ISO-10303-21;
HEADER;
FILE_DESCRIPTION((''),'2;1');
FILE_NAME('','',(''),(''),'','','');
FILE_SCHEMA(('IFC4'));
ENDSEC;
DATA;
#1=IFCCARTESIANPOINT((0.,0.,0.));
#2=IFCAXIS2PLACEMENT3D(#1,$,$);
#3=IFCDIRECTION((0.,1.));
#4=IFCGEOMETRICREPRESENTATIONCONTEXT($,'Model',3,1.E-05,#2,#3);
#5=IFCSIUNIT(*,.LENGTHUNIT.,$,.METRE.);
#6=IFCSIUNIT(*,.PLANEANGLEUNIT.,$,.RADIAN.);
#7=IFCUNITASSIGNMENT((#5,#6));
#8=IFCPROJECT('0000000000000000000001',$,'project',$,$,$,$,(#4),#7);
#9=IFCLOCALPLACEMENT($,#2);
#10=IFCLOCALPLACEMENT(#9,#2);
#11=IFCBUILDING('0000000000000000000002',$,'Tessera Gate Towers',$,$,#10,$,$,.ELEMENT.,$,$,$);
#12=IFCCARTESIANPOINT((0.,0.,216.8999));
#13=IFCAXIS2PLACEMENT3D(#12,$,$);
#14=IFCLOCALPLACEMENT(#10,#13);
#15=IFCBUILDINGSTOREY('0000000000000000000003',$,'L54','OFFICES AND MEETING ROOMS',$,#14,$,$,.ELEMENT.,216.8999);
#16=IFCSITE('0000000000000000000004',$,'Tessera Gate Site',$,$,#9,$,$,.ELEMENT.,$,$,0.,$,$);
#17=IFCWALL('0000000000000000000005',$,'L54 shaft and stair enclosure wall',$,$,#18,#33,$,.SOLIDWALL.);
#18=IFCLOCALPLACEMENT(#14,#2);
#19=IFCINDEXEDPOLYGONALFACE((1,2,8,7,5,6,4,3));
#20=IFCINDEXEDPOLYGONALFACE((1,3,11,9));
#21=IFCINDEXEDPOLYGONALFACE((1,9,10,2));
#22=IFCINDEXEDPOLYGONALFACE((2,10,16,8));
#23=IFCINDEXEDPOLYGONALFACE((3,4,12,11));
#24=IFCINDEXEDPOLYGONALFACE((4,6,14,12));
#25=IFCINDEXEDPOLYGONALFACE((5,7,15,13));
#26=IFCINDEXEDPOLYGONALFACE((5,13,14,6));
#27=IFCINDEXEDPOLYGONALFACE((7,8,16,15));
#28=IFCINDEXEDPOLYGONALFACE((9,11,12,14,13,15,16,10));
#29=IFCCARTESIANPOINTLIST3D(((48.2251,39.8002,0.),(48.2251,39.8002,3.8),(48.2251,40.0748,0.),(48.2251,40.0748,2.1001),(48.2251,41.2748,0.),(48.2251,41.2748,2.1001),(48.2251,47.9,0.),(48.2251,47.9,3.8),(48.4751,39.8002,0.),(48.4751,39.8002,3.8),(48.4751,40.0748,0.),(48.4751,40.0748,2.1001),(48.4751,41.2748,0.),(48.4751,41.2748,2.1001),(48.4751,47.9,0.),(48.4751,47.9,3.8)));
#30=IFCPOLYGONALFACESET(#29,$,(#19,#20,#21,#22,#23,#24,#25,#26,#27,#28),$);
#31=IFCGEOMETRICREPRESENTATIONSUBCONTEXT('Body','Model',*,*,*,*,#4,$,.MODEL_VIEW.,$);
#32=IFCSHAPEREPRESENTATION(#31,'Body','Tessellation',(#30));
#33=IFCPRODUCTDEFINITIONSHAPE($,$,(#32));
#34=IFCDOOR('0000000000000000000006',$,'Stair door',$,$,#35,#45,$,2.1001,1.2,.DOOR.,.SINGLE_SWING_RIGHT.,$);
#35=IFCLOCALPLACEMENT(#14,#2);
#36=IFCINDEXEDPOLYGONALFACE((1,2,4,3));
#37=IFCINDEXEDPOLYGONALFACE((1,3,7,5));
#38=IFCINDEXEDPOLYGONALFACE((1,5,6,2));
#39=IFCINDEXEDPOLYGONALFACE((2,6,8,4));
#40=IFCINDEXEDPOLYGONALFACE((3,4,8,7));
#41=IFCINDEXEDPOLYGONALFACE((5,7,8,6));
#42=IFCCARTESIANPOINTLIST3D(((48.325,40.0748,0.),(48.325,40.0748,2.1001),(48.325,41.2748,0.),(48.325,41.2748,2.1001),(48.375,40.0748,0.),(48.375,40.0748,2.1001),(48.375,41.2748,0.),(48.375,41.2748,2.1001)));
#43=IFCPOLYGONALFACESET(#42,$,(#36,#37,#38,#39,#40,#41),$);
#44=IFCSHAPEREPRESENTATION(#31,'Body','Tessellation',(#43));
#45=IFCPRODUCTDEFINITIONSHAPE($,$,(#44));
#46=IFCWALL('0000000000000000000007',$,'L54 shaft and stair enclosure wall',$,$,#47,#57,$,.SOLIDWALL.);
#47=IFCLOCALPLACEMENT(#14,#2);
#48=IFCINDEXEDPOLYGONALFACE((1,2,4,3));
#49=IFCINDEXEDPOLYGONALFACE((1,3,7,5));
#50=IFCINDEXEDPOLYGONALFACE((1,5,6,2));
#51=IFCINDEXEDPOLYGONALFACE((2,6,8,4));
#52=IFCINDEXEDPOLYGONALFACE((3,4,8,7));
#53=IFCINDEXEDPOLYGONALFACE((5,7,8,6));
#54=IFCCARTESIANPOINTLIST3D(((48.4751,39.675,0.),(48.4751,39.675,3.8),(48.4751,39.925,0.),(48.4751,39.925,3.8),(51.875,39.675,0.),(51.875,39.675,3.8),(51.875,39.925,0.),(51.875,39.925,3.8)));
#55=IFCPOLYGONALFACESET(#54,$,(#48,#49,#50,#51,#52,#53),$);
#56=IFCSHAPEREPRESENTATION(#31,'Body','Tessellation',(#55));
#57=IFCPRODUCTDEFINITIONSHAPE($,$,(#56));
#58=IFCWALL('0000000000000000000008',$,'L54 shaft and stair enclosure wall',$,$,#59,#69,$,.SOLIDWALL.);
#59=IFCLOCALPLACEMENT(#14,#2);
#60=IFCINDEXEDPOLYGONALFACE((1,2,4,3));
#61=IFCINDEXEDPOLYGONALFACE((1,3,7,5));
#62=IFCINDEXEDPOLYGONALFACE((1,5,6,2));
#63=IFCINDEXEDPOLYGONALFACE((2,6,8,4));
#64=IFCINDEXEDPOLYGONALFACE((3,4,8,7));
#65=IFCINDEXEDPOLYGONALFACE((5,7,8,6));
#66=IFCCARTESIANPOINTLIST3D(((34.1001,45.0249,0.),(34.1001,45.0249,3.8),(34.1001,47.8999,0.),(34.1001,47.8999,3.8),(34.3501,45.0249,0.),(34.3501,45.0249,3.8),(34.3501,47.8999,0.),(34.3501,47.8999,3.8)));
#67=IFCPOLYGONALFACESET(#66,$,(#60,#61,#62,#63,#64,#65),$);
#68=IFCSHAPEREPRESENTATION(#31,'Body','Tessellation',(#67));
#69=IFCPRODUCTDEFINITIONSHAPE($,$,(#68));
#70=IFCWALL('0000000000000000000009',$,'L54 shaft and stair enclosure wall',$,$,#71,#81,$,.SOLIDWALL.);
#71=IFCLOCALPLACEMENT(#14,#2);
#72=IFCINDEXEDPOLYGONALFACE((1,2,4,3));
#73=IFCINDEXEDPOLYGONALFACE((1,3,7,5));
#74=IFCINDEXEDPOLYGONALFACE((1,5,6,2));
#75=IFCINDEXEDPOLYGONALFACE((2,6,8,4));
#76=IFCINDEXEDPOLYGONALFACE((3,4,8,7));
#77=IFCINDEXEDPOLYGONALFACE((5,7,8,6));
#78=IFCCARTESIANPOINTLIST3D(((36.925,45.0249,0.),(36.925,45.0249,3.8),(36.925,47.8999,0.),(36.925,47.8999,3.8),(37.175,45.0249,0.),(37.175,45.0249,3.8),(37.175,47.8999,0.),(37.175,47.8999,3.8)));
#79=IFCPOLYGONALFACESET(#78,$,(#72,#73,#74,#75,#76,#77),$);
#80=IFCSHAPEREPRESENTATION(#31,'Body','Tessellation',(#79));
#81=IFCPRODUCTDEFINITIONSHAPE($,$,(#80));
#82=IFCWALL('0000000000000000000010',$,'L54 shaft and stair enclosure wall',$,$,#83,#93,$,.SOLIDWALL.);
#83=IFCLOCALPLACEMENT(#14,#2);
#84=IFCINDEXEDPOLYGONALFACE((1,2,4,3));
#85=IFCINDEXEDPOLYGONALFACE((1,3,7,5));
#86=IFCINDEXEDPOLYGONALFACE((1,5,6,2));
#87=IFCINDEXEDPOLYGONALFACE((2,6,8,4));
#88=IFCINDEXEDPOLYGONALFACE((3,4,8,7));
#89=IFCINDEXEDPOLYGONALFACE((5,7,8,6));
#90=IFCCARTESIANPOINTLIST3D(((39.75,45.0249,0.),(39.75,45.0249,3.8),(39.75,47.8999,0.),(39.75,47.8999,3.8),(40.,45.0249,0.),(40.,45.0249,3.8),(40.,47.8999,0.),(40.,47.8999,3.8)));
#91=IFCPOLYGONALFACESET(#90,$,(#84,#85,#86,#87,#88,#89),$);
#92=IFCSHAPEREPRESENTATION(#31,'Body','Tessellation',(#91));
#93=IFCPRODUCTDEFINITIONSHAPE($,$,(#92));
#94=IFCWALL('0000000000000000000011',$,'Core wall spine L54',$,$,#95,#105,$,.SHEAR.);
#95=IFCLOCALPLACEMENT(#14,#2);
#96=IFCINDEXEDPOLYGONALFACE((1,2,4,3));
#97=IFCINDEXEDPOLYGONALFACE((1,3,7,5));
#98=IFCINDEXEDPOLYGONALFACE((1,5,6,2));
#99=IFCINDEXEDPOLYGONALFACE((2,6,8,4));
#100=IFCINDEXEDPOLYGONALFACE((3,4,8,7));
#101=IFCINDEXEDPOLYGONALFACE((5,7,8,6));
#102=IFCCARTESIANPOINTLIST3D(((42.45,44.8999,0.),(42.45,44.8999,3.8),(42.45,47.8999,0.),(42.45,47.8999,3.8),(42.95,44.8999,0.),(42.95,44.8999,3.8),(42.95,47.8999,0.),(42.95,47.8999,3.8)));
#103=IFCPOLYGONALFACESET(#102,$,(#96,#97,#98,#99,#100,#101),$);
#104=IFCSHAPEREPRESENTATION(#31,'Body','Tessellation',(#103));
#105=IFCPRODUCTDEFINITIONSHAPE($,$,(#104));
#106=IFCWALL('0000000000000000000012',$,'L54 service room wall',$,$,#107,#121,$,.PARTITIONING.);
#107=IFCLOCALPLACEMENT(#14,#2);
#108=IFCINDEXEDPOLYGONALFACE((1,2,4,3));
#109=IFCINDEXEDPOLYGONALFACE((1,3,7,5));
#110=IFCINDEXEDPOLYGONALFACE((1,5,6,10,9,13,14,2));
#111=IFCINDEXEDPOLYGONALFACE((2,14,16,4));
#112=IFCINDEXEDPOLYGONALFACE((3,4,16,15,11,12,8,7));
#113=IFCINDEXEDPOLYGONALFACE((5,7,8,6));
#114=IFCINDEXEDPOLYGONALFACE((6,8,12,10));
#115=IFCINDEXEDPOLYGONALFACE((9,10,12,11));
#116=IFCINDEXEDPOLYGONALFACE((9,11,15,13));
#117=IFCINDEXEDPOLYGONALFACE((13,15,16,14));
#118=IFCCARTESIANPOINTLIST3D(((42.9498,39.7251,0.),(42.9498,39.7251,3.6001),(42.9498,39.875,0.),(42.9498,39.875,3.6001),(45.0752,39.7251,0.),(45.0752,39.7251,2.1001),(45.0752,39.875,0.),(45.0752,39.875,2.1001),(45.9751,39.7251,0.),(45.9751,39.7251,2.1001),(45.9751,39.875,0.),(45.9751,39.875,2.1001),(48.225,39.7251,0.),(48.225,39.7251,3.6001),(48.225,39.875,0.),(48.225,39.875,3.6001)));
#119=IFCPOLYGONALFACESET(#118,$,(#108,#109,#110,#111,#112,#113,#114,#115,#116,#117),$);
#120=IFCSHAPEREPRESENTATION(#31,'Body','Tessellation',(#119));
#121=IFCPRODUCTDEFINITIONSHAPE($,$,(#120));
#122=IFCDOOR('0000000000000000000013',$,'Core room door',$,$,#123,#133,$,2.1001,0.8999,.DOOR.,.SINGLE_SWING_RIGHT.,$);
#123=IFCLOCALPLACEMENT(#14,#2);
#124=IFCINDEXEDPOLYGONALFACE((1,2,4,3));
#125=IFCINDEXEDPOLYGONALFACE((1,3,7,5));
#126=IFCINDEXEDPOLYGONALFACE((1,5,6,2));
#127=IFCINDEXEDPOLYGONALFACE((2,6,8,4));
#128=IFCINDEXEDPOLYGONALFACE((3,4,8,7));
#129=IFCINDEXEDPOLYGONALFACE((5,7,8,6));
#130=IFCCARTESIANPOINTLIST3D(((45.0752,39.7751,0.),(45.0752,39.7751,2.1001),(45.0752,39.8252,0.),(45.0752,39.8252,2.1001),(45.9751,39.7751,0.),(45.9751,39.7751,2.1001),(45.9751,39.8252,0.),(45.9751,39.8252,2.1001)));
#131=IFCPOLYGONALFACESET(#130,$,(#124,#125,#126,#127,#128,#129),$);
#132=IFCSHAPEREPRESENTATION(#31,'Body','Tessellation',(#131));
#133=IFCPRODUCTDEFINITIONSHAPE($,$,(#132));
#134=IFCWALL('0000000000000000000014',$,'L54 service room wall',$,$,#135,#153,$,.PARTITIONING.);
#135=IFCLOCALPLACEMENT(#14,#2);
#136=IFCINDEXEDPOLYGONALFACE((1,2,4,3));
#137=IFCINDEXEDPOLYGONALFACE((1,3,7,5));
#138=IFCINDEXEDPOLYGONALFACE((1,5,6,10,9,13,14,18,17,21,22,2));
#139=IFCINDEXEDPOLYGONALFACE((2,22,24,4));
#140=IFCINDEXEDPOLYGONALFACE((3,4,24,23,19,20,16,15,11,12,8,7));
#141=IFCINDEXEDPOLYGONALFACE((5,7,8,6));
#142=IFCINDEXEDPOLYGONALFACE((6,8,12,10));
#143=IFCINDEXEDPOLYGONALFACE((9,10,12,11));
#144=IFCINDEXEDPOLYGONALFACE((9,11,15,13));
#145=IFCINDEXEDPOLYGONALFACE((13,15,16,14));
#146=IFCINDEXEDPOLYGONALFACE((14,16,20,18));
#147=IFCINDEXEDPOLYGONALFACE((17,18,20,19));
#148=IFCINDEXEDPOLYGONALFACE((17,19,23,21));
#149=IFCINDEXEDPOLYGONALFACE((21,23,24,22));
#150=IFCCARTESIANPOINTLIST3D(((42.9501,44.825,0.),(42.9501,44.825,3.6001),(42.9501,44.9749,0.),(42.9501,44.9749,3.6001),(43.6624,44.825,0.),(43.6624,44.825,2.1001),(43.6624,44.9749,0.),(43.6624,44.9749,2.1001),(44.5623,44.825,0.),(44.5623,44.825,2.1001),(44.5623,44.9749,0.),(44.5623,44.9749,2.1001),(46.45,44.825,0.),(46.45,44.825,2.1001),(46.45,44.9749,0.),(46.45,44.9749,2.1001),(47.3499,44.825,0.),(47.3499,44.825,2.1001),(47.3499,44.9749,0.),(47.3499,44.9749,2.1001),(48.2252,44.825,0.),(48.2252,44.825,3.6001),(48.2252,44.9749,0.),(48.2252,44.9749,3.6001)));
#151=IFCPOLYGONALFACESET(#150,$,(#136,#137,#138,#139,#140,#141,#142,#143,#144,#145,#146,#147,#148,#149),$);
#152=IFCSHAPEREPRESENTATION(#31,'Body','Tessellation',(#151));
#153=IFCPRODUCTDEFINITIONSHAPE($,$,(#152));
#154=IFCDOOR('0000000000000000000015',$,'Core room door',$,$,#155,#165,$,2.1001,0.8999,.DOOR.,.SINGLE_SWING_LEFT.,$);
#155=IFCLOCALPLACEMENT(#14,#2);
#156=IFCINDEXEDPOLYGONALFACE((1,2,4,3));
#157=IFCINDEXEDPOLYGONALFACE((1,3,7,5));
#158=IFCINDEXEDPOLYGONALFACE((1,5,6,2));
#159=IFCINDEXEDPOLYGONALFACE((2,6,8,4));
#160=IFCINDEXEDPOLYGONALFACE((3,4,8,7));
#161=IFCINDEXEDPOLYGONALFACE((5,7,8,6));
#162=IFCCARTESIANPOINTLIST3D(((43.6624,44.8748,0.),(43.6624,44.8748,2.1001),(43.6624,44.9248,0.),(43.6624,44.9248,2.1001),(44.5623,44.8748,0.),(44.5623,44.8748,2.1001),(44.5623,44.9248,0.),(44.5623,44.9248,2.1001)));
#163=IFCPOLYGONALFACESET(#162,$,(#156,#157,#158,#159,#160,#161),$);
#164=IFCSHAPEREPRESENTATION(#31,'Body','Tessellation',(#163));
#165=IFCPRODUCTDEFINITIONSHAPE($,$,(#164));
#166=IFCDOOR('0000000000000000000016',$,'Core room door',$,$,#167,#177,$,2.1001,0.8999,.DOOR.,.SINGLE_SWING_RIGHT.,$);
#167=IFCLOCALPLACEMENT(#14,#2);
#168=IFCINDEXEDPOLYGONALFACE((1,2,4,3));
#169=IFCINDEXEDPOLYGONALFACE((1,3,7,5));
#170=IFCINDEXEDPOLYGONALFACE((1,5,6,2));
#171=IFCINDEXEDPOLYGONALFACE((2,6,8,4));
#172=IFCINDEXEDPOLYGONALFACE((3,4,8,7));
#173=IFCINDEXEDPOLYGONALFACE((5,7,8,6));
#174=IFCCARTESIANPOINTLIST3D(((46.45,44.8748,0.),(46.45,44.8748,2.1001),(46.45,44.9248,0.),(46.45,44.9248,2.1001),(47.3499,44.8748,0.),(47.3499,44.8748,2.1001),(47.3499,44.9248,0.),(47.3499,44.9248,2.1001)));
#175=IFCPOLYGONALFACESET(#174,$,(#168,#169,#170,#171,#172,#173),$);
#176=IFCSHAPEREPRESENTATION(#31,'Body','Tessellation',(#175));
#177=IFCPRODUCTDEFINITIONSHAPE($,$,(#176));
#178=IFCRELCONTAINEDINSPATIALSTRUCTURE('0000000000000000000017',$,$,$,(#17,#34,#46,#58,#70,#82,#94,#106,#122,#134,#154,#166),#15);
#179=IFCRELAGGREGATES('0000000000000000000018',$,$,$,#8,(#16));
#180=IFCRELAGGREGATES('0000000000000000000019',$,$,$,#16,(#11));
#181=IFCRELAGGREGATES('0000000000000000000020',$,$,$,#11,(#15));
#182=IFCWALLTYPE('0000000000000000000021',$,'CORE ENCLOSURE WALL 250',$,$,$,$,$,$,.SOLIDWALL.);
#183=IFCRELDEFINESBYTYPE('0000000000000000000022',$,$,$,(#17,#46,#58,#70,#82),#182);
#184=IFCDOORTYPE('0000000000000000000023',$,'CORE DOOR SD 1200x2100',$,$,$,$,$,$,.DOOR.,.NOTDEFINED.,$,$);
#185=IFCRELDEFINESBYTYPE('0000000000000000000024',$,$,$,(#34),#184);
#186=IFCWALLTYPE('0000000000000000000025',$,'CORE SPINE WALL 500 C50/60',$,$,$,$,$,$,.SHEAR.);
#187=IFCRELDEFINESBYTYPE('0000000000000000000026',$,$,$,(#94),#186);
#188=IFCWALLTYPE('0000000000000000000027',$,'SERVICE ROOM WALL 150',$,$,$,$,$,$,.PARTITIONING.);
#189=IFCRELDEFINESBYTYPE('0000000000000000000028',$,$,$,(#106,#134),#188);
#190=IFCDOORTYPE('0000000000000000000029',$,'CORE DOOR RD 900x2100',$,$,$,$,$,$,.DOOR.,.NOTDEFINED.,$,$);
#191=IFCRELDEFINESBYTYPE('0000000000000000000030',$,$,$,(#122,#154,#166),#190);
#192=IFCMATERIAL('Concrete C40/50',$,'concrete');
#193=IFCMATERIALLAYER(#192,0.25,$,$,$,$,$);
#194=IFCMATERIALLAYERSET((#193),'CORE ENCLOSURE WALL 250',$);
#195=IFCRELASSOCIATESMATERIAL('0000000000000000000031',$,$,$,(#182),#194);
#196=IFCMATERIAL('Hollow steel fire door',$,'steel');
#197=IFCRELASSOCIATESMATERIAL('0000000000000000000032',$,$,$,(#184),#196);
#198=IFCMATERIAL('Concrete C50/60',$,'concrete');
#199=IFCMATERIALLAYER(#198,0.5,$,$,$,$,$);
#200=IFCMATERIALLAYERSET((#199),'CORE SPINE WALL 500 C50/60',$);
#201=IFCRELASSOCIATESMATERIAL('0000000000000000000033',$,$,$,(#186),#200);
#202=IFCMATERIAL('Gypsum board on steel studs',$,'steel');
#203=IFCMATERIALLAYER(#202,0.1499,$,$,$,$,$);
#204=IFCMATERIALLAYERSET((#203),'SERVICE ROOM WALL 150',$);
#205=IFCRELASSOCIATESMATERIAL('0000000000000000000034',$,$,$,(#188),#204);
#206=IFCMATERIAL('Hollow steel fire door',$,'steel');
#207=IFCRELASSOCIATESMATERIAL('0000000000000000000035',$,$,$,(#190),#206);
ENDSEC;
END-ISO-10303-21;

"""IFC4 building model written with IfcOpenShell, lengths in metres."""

from ifc_helpers import new_model, si_unit, direction, frame, frame_2d, origin, place, context, subcontext, project, spatial, rectangle, extrude, source, transform, mapped, material, layer, layer_set, type_object, element, fill, save


model = new_model("IFC4")

# Units and contexts
model_context = context("Model", 3, precision=1e-05, world=origin(), true_north=direction((0.0, 1.0)))
body_context = subcontext(model_context, "Body", "Model", "MODEL_VIEW")
ifc_project = project(units=[si_unit("LENGTHUNIT", "METRE"), si_unit("PLANEANGLEUNIT", "RADIAN")], contexts=[model_context])

# Site, building, storey
site_placement = place(None, origin())
site = spatial("IfcSite", under=ifc_project, at=site_placement, Name="Tessera Gate Site", CompositionType="ELEMENT", RefElevation=0.0)
building_placement = place(site_placement, origin())
building = spatial("IfcBuilding", under=site, at=building_placement, Name="Tessera Gate Towers", CompositionType="ELEMENT")
storey_placement = place(building_placement, frame((0.0, 0.0, 216.8999)))
storey = spatial("IfcBuildingStorey", under=building, at=storey_placement, Name="L54", Description="OFFICES AND MEETING ROOMS", CompositionType="ELEMENT", Elevation=216.8999)

# Shared definitions
ifc_material_1 = material(Name="Concrete C40/50", Category="concrete")
ifc_layer_1 = layer(ifc_material_1, 0.25)
ifc_layer_set_1 = layer_set([ifc_layer_1], Name="CORE ENCLOSURE WALL 250")
wall_type_1 = type_object("IfcWallType", Name="CORE ENCLOSURE WALL 250", PredefinedType="SOLIDWALL", material=ifc_layer_set_1)

# Wall, opening, door
wall_1_placement = place(storey_placement, frame((48.3501, 47.8999, 0.0), z_axis=(0.0, 0.0, 1.0), x_axis=(0.0, -1.0, 0.0)))
wall_1 = element("IfcWall", 1, at=wall_1_placement, inside=storey, type_object=wall_type_1, Name="L54 shaft and stair enclosure wall", PredefinedType="SOLIDWALL", context=body_context, shape_type="SweptSolid", body=[
    extrude(rectangle(XDim=8.0999, YDim=0.25, at=frame_2d((4.0498, 0.0))), origin(), (0.0, 0.0, 1.0), 3.8),
])
shared_shape_1 = source(origin(), body_context, "Body", "SweptSolid", [
    extrude(rectangle(XDim=1.2, YDim=2.1001, at=frame_2d((0.6001, 1.05))), frame((0.0, 0.135, 0.0), z_axis=(0.0, -1.0, 0.0), x_axis=(1.0, 0.0, 0.0)), (0.0, 0.0, 1.0), 0.27),
])
opening_1_placement = place(wall_1_placement, frame((6.625, 0.0, 0.0)))
opening_1 = element("IfcOpeningElement", 2, at=opening_1_placement, cuts=wall_1, PredefinedType="OPENING", context=body_context, shape_type="MappedRepresentation", body=[
    mapped(shared_shape_1, transform((0.0, 0.0, 0.0), scale=1.0)),
])
ifc_material_2 = material(Name="Hollow steel fire door", Category="steel")
door_type_1 = type_object("IfcDoorType", Name="CORE DOOR SD 1200x2100", OperationType="NOTDEFINED", PredefinedType="DOOR", material=ifc_material_2)
shared_shape_2 = source(origin(), body_context, "Body", "SweptSolid", [
    extrude(rectangle(XDim=1.2, YDim=2.1001, at=frame_2d((0.6001, 1.05))), frame((0.0, 0.0249, 0.0), z_axis=(0.0, -1.0, 0.0), x_axis=(1.0, 0.0, 0.0)), (0.0, 0.0, 1.0), 0.05),
])
door_1_placement = place(opening_1_placement, origin())
door_1 = element("IfcDoor", 3, at=door_1_placement, inside=storey, type_object=door_type_1, Name="Stair door", OperationType="SINGLE_SWING_RIGHT", OverallHeight=2.1001, OverallWidth=1.2, PredefinedType="DOOR", context=body_context, shape_type="MappedRepresentation", body=[
    mapped(shared_shape_2, transform((0.0, 0.0, 0.0), scale=1.0)),
])
fill(opening_1, door_1)

# Walls
wall_2_placement = place(storey_placement, frame((48.4751, 39.8, 0.0), z_axis=(0.0, 0.0, 1.0), x_axis=(1.0, 0.0, 0.0)))
element("IfcWall", 4, at=wall_2_placement, inside=storey, type_object=wall_type_1, Name="L54 shaft and stair enclosure wall", PredefinedType="SOLIDWALL", context=body_context, shape_type="SweptSolid", body=[
    extrude(rectangle(XDim=3.3999, YDim=0.25, at=frame_2d((1.7, 0.0))), origin(), (0.0, 0.0, 1.0), 3.8),
])
for number, where, z_axis, x_axis, name in (
    (5, (34.2251, 45.0249, 0.0), (0.0, 0.0, 1.0), (0.0, 1.0, 0.0), "L54 shaft and stair enclosure wall"),
    (6, (37.05, 45.0249, 0.0), (0.0, 0.0, 1.0), (0.0, 1.0, 0.0), "L54 shaft and stair enclosure wall"),
    (7, (39.875, 45.0249, 0.0), (0.0, 0.0, 1.0), (0.0, 1.0, 0.0), "L54 shaft and stair enclosure wall"),
):
    element("IfcWall", number, at=place(storey_placement, frame(where, z_axis=z_axis, x_axis=x_axis)), inside=storey, type_object=wall_type_1, Name=name, PredefinedType="SOLIDWALL", context=body_context, shape_type="SweptSolid", body=[
        extrude(rectangle(XDim=2.875, YDim=0.25, at=frame_2d((1.4375, 0.0))), origin(), (0.0, 0.0, 1.0), 3.8),
    ])
ifc_material_3 = material(Name="Concrete C50/60", Category="concrete")
ifc_layer_2 = layer(ifc_material_3, 0.5)
ifc_layer_set_2 = layer_set([ifc_layer_2], Name="CORE SPINE WALL 500 C50/60")
wall_type_2 = type_object("IfcWallType", Name="CORE SPINE WALL 500 C50/60", PredefinedType="SHEAR", material=ifc_layer_set_2)
wall_3_placement = place(storey_placement, frame((42.7, 44.8999, 0.0), z_axis=(0.0, 0.0, 1.0), x_axis=(0.0, 1.0, 0.0)))
element("IfcWall", 8, at=wall_3_placement, inside=storey, type_object=wall_type_2, Name="Core wall spine L54", PredefinedType="SHEAR", context=body_context, shape_type="SweptSolid", body=[
    extrude(rectangle(XDim=3.0, YDim=0.5, at=frame_2d((1.5, 0.0))), origin(), (0.0, 0.0, 1.0), 3.8),
])

# Wall, opening, door
ifc_material_4 = material(Name="Gypsum board on steel studs", Category="steel")
ifc_layer_3 = layer(ifc_material_4, 0.1499)
ifc_layer_set_3 = layer_set([ifc_layer_3], Name="SERVICE ROOM WALL 150")
wall_type_3 = type_object("IfcWallType", Name="SERVICE ROOM WALL 150", PredefinedType="PARTITIONING", material=ifc_layer_set_3)
wall_4_placement = place(storey_placement, frame((48.2251, 39.8, 0.0), z_axis=(0.0, 0.0, 1.0), x_axis=(-1.0, 0.0, 0.0)))
wall_4 = element("IfcWall", 9, at=wall_4_placement, inside=storey, type_object=wall_type_3, Name="L54 service room wall", PredefinedType="PARTITIONING", context=body_context, shape_type="SweptSolid", body=[
    extrude(rectangle(XDim=5.2751, YDim=0.1499, at=frame_2d((2.6377, 0.0))), origin(), (0.0, 0.0, 1.0), 3.6001),
])
shared_shape_3 = source(origin(), body_context, "Body", "SweptSolid", [
    extrude(rectangle(XDim=0.8999, YDim=2.1001, at=frame_2d((0.45, 1.05))), frame((0.0, 0.085, 0.0), z_axis=(0.0, -1.0, 0.0), x_axis=(1.0, 0.0, 0.0)), (0.0, 0.0, 1.0), 0.1699),
])
opening_2_placement = place(wall_4_placement, frame((2.25, 0.0, 0.0)))
opening_2 = element("IfcOpeningElement", 10, at=opening_2_placement, cuts=wall_4, PredefinedType="OPENING", context=body_context, shape_type="MappedRepresentation", body=[
    mapped(shared_shape_3, transform((0.0, 0.0, 0.0), scale=1.0)),
])
ifc_material_5 = material(Name="Hollow steel fire door", Category="steel")
door_type_2 = type_object("IfcDoorType", Name="CORE DOOR RD 900x2100", OperationType="NOTDEFINED", PredefinedType="DOOR", material=ifc_material_5)
shared_shape_4 = source(origin(), body_context, "Body", "SweptSolid", [
    extrude(rectangle(XDim=0.8999, YDim=2.1001, at=frame_2d((0.45, 1.05))), frame((0.0, 0.0249, 0.0), z_axis=(0.0, -1.0, 0.0), x_axis=(1.0, 0.0, 0.0)), (0.0, 0.0, 1.0), 0.05),
])
door_2_placement = place(opening_2_placement, origin())
door_2 = element("IfcDoor", 11, at=door_2_placement, inside=storey, type_object=door_type_2, Name="Core room door", OperationType="SINGLE_SWING_RIGHT", OverallHeight=2.1001, OverallWidth=0.8999, PredefinedType="DOOR", context=body_context, shape_type="MappedRepresentation", body=[
    mapped(shared_shape_4, transform((0.0, 0.0, 0.0), scale=1.0)),
])
fill(opening_2, door_2)

# Wall, openings, doors
wall_5_placement = place(storey_placement, frame((42.95, 44.8999, 0.0), z_axis=(0.0, 0.0, 1.0), x_axis=(1.0, 0.0, 0.0)))
wall_5 = element("IfcWall", 12, at=wall_5_placement, inside=storey, type_object=wall_type_3, Name="L54 service room wall", PredefinedType="PARTITIONING", context=body_context, shape_type="SweptSolid", body=[
    extrude(rectangle(XDim=5.2751, YDim=0.1499, at=frame_2d((2.6377, 0.0))), origin(), (0.0, 0.0, 1.0), 3.6001),
])
opening_3_placement = place(wall_5_placement, frame((0.7124, 0.0, 0.0)))
opening_3 = element("IfcOpeningElement", 13, at=opening_3_placement, cuts=wall_5, PredefinedType="OPENING", context=body_context, shape_type="MappedRepresentation", body=[
    mapped(shared_shape_3, transform((0.0, 0.0, 0.0), scale=1.0)),
])
opening_4_placement = place(wall_5_placement, frame((3.5, 0.0, 0.0)))
opening_4 = element("IfcOpeningElement", 14, at=opening_4_placement, cuts=wall_5, PredefinedType="OPENING", context=body_context, shape_type="MappedRepresentation", body=[
    mapped(shared_shape_3, transform((0.0, 0.0, 0.0), scale=1.0)),
])
door_3_placement = place(opening_3_placement, origin())
door_3 = element("IfcDoor", 15, at=door_3_placement, inside=storey, type_object=door_type_2, Name="Core room door", OperationType="SINGLE_SWING_LEFT", OverallHeight=2.1001, OverallWidth=0.8999, PredefinedType="DOOR", context=body_context, shape_type="MappedRepresentation", body=[
    mapped(shared_shape_4, transform((0.0, 0.0, 0.0), scale=1.0)),
])
fill(opening_3, door_3)
door_4_placement = place(opening_4_placement, origin())
door_4 = element("IfcDoor", 16, at=door_4_placement, inside=storey, type_object=door_type_2, Name="Core room door", OperationType="SINGLE_SWING_RIGHT", OverallHeight=2.1001, OverallWidth=0.8999, PredefinedType="DOOR", context=body_context, shape_type="MappedRepresentation", body=[
    mapped(shared_shape_4, transform((0.0, 0.0, 0.0), scale=1.0)),
])
fill(opening_4, door_4)

save(model, "model.ifc")
